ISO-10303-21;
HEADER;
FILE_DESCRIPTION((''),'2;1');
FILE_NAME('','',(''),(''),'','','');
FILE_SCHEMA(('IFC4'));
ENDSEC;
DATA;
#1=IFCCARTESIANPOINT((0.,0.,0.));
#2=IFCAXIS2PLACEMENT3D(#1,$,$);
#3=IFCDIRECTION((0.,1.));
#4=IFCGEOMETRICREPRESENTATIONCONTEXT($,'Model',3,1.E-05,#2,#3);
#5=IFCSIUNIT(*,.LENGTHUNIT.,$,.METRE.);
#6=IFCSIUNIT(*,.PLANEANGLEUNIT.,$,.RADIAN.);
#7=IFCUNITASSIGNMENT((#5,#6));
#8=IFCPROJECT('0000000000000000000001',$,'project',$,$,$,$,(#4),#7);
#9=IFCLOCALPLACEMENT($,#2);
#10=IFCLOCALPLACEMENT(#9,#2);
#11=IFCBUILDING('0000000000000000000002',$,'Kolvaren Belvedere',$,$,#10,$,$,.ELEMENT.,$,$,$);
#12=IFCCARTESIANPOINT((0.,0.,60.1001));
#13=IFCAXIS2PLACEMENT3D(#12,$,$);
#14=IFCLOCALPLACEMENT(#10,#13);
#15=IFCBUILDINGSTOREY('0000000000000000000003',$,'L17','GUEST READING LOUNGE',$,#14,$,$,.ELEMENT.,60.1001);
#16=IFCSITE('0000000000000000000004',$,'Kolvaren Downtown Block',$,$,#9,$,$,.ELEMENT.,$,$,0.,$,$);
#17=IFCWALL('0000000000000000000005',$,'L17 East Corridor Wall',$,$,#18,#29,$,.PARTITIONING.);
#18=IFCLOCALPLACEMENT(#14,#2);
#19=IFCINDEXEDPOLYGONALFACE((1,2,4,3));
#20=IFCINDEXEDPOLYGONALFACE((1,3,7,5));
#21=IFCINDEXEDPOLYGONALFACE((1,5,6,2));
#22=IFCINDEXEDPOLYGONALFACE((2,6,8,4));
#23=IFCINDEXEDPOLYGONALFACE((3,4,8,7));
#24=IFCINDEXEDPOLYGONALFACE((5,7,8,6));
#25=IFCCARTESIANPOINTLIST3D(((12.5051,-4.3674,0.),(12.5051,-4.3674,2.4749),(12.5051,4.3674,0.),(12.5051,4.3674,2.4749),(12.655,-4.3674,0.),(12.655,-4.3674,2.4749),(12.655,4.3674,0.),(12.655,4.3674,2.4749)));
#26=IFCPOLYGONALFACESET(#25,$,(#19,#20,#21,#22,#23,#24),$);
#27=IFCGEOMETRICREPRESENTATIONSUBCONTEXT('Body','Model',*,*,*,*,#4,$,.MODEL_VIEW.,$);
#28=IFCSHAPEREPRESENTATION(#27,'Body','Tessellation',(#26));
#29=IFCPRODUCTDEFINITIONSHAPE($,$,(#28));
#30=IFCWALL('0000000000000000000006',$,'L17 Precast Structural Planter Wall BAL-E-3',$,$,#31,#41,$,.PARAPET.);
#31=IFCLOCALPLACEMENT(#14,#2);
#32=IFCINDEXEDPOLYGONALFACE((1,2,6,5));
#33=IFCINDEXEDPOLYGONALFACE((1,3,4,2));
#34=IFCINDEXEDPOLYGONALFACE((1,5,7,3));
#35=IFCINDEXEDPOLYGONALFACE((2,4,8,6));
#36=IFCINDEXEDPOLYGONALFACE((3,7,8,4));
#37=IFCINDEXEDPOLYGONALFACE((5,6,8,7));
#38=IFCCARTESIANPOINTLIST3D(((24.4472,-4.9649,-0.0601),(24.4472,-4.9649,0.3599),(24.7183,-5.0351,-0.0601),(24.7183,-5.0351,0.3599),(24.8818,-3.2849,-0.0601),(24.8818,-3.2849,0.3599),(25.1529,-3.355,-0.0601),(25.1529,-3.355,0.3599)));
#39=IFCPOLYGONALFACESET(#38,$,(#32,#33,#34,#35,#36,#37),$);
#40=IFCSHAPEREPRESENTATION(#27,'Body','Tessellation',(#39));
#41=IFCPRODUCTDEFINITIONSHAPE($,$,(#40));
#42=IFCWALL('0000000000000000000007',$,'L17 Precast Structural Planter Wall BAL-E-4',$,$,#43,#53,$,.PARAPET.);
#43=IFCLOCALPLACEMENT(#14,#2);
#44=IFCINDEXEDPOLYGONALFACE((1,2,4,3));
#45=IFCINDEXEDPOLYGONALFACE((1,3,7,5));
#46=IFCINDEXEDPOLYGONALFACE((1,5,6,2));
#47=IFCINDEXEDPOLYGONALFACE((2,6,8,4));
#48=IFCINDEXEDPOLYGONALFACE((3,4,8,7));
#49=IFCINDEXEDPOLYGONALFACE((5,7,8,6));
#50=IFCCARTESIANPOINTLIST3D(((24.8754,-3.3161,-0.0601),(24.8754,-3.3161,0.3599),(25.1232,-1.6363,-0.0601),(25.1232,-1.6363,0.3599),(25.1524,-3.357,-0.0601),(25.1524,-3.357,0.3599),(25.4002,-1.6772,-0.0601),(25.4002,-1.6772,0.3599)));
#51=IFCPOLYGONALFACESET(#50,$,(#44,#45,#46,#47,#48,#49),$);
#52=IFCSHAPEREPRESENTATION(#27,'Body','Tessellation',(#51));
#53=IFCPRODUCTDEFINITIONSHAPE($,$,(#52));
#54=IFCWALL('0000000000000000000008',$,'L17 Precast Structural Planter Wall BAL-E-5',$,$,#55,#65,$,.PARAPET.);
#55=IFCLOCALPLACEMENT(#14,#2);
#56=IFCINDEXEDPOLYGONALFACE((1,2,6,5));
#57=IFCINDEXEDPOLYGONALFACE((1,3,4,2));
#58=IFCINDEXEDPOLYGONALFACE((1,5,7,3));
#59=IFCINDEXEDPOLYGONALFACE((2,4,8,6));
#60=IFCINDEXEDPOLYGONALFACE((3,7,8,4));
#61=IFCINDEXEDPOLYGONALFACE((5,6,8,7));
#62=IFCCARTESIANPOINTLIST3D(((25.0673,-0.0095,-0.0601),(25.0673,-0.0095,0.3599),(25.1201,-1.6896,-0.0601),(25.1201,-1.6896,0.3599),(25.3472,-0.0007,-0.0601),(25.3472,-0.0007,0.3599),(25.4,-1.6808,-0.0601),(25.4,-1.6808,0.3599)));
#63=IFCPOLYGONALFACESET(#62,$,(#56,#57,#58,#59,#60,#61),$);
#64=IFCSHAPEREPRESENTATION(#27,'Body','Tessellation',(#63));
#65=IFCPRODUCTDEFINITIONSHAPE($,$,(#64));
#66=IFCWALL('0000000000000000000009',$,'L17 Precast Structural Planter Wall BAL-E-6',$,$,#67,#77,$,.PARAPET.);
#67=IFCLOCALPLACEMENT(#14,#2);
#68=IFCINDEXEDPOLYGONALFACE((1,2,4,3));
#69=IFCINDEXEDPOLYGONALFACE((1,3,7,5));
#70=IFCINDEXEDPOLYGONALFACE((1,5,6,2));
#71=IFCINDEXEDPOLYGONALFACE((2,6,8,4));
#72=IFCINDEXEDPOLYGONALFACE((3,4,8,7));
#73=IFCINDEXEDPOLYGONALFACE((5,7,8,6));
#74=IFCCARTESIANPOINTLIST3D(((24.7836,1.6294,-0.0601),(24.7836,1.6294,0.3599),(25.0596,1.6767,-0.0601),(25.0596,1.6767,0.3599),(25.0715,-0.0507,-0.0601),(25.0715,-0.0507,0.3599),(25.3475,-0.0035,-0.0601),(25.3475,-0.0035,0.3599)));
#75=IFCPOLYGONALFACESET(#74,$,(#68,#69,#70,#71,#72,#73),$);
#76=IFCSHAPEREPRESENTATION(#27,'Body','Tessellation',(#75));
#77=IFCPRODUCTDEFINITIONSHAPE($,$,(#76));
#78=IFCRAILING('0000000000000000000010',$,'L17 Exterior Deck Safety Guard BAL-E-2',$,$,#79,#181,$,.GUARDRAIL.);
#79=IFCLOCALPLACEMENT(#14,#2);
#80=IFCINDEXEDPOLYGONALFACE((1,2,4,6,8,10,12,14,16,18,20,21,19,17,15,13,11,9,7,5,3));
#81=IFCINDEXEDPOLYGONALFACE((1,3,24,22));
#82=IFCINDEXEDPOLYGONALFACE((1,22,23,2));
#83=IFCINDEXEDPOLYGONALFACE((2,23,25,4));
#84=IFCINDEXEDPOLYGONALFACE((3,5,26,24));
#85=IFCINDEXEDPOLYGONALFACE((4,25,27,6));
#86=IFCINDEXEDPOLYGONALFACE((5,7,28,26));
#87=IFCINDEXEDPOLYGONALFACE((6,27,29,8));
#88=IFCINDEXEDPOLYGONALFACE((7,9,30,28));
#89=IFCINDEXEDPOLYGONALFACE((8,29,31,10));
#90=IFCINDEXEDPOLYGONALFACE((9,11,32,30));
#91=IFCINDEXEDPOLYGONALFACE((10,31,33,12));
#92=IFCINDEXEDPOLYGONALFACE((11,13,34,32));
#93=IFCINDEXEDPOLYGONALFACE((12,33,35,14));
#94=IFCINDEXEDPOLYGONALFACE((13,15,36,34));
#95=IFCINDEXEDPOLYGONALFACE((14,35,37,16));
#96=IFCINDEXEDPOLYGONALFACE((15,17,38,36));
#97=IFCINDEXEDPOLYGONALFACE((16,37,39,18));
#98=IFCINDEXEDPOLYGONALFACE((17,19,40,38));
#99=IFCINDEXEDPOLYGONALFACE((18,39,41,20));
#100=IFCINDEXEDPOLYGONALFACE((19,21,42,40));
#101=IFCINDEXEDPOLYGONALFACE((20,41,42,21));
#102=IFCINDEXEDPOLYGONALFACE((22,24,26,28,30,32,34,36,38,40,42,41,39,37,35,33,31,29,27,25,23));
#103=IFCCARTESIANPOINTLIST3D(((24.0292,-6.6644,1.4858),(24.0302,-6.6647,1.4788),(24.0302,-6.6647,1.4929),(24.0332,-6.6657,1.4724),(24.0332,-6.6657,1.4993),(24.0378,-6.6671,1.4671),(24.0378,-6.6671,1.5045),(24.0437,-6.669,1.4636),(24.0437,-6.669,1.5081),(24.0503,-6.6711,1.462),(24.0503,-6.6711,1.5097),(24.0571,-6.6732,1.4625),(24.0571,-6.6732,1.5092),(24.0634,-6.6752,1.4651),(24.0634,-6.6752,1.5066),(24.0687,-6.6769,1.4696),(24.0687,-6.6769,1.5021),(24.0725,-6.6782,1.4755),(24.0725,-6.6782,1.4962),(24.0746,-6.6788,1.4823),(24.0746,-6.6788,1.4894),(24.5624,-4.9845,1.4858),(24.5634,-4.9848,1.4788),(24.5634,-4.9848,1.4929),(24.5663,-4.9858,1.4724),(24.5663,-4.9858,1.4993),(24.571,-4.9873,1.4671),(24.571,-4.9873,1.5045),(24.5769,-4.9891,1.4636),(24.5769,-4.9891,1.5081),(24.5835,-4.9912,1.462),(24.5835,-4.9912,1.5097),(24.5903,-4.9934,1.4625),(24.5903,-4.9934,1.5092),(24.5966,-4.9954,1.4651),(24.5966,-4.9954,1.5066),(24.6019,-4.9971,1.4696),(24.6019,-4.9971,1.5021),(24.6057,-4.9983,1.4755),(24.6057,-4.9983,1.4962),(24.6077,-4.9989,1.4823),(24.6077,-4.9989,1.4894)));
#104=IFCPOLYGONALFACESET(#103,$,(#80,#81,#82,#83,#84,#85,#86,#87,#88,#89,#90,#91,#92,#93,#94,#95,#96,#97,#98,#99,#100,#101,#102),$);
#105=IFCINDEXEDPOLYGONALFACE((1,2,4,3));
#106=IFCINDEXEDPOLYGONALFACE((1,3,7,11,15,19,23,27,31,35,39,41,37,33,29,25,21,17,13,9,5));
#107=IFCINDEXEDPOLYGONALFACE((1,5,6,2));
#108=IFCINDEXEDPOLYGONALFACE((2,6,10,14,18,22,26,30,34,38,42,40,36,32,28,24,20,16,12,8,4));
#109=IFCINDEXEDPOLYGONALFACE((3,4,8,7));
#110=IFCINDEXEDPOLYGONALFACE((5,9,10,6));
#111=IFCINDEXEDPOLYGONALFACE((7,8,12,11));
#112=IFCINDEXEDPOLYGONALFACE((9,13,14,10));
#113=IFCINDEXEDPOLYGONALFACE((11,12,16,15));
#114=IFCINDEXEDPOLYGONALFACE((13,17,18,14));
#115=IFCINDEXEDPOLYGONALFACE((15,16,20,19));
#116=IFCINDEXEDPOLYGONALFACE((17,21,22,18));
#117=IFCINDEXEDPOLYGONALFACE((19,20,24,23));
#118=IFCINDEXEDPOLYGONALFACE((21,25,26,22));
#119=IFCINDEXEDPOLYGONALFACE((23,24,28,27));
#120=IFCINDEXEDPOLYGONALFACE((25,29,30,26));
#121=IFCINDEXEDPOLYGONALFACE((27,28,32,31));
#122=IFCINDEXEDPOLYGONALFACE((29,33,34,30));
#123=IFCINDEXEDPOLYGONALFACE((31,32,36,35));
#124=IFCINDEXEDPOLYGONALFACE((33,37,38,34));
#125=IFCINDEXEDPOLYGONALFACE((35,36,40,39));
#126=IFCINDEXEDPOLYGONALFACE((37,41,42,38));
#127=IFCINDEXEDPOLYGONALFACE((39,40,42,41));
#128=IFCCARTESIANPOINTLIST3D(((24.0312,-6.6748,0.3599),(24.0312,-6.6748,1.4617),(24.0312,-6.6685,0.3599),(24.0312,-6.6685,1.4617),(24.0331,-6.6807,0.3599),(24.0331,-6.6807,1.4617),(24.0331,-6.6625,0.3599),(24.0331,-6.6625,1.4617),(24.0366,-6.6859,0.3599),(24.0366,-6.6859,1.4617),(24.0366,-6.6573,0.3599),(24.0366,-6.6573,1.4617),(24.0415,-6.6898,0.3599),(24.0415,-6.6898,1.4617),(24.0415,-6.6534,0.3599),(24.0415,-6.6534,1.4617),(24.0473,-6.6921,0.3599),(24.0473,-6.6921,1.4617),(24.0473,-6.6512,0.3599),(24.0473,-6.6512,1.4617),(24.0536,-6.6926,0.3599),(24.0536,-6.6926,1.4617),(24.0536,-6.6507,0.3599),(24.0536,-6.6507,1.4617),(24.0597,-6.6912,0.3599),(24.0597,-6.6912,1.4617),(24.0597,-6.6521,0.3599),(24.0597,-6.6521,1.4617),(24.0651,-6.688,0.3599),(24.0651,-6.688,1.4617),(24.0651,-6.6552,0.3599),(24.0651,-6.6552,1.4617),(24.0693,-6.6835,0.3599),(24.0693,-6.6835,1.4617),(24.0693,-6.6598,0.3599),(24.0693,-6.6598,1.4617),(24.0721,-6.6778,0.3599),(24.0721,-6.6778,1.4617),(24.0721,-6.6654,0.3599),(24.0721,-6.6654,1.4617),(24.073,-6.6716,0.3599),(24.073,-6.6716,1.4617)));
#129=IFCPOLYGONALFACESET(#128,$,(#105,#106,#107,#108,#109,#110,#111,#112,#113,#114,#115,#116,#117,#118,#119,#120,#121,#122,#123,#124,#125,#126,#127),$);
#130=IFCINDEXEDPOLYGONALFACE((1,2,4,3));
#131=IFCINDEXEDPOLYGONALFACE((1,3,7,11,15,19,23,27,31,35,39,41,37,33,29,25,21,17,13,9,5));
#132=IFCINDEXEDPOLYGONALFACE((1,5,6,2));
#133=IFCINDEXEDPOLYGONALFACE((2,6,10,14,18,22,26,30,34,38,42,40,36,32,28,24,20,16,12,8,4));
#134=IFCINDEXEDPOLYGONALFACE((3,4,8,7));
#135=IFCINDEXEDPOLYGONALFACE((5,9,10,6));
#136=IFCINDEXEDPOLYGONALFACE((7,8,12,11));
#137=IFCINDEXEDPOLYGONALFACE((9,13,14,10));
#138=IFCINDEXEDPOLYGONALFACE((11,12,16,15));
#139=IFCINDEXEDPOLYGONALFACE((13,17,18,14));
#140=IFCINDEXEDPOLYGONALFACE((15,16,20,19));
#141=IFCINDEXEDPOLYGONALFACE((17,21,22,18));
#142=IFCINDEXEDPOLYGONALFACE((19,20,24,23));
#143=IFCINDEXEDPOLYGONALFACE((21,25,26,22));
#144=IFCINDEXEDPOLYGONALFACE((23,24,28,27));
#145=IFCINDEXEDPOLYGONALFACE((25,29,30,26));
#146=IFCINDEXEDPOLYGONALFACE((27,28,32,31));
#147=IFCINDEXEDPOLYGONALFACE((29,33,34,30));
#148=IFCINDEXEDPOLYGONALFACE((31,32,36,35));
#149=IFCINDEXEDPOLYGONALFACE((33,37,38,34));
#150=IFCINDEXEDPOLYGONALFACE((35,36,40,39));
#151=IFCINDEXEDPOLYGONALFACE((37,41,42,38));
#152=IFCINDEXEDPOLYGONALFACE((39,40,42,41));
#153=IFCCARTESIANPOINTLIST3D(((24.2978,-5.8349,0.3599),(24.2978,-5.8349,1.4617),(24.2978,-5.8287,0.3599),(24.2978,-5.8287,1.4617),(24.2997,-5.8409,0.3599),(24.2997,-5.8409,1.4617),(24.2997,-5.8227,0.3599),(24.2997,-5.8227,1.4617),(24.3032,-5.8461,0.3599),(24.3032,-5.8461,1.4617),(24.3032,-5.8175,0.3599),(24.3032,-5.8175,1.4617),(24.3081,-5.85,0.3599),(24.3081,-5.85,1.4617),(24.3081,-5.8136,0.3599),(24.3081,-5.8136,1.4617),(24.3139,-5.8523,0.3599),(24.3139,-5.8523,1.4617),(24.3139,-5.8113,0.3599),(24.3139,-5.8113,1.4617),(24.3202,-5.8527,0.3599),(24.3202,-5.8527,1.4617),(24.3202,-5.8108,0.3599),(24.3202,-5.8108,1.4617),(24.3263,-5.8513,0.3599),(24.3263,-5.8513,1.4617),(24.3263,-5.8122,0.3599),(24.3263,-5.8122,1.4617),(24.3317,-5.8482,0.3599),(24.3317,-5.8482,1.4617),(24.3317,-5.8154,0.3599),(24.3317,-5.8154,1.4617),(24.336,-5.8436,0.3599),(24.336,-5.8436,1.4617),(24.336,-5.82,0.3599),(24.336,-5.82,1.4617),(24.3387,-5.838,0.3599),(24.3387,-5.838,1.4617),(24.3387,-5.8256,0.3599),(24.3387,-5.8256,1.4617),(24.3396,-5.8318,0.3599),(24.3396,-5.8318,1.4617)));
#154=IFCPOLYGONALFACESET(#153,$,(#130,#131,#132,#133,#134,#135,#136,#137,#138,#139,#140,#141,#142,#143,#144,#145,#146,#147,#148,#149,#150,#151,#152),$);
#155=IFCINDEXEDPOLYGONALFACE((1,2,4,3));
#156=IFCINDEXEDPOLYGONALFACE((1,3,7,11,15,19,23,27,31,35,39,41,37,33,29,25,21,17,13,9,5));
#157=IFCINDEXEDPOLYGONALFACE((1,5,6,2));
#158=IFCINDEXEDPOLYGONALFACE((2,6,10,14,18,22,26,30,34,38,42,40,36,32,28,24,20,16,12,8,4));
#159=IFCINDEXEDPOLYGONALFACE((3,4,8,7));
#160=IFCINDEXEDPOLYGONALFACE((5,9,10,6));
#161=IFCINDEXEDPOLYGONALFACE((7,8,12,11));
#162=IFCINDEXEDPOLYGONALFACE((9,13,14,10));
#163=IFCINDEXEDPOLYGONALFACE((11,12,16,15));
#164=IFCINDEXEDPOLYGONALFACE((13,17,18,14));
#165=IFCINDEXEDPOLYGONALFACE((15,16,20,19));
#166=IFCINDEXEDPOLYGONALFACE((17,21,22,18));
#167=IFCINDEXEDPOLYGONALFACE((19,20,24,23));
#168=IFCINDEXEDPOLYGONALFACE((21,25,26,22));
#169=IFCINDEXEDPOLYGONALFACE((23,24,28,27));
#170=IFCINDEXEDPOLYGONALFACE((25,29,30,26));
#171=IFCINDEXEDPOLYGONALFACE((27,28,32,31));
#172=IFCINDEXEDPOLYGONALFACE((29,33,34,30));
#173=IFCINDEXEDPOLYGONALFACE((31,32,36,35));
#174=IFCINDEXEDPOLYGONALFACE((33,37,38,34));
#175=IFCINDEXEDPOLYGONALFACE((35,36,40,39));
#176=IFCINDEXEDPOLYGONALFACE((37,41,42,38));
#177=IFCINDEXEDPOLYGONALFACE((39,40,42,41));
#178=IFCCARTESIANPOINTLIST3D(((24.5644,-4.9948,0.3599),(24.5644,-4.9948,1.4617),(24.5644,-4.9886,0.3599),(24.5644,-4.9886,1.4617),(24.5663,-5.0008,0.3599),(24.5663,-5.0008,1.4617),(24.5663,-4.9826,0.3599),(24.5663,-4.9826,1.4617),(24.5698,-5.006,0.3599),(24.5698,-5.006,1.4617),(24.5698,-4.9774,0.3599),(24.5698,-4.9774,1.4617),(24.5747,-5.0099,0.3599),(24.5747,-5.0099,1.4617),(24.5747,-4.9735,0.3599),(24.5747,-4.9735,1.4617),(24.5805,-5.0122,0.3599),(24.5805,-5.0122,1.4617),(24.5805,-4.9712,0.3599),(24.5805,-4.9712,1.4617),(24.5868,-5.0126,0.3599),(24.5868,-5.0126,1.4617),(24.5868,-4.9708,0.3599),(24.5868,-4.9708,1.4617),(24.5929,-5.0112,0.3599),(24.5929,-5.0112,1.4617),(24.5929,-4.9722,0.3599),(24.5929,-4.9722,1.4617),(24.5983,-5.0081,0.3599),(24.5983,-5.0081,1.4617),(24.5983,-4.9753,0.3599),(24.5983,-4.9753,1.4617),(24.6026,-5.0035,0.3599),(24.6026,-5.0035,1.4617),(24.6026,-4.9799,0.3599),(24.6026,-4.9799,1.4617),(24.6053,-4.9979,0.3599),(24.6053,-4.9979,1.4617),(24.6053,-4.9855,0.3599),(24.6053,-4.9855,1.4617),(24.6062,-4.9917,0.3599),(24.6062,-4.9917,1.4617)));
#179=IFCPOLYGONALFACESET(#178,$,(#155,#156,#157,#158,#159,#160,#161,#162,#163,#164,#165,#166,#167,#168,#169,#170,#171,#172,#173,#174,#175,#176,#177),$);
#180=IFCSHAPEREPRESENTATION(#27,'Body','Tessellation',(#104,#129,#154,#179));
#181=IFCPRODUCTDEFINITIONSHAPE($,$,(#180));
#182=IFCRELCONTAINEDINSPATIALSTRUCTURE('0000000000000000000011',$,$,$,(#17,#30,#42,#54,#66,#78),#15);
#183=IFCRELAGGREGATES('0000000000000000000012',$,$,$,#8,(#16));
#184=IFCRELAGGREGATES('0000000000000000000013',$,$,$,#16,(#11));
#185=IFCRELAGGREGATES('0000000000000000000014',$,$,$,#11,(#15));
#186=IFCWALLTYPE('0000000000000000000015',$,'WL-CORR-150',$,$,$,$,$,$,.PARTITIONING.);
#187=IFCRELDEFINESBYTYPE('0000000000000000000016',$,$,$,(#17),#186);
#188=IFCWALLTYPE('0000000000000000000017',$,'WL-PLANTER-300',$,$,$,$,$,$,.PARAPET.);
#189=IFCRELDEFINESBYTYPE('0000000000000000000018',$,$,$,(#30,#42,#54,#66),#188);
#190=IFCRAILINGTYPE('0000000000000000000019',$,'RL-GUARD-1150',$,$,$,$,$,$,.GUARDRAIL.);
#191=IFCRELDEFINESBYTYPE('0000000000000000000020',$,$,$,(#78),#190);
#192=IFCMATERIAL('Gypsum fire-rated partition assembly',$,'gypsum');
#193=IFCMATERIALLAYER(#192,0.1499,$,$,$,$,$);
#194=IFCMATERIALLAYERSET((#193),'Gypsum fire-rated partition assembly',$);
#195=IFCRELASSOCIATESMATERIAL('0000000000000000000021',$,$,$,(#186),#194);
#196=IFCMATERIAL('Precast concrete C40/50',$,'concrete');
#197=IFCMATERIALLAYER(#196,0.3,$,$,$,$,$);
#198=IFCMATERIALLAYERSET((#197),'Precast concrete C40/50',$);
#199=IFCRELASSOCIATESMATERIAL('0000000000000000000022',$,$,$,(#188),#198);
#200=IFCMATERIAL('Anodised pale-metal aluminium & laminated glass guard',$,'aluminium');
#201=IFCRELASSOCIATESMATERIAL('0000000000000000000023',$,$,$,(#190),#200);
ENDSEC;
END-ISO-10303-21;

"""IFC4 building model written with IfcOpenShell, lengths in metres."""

from ifc_helpers import new_model, si_unit, direction, frame, frame_2d, origin, origin_2d, place, context, subcontext, project, spatial, rectangle, circle, extrude, material, layer, layer_set, type_object, element, save


model = new_model("IFC4")

# Units and contexts
model_context = context("Model", 3, precision=1e-05, world=origin(), true_north=direction((0.0, 1.0)))
body_context = subcontext(model_context, "Body", "Model", "MODEL_VIEW")
ifc_project = project(units=[si_unit("LENGTHUNIT", "METRE"), si_unit("PLANEANGLEUNIT", "RADIAN")], contexts=[model_context])

# Site, building, storey
site_placement = place(None, origin())
site = spatial("IfcSite", under=ifc_project, at=site_placement, Name="Kolvaren Downtown Block", CompositionType="ELEMENT", RefElevation=0.0)
building_placement = place(site_placement, origin())
building = spatial("IfcBuilding", under=site, at=building_placement, Name="Kolvaren Belvedere", CompositionType="ELEMENT")
storey_placement = place(building_placement, frame((0.0, 0.0, 60.1001)))
storey = spatial("IfcBuildingStorey", under=building, at=storey_placement, Name="L17", Description="GUEST READING LOUNGE", CompositionType="ELEMENT", Elevation=60.1001)

# Walls
ifc_material_1 = material(Name="Gypsum fire-rated partition assembly", Category="gypsum")
ifc_layer_1 = layer(ifc_material_1, 0.1499)
ifc_layer_set_1 = layer_set([ifc_layer_1], Name="Gypsum fire-rated partition assembly")
wall_type_1 = type_object("IfcWallType", Name="WL-CORR-150", PredefinedType="PARTITIONING", material=ifc_layer_set_1)
wall_1_placement = place(storey_placement, frame((12.5801, -4.3674, 0.0), z_axis=(0.0, 0.0, 1.0), x_axis=(0.0, 1.0, 0.0)))
element("IfcWall", 1, at=wall_1_placement, inside=storey, type_object=wall_type_1, Name="L17 East Corridor Wall", PredefinedType="PARTITIONING", context=body_context, shape_type="SweptSolid", body=[
    extrude(rectangle(XDim=8.7349, YDim=0.1499, at=frame_2d((4.3674, 0.0))), origin(), (0.0, 0.0, 1.0), 2.4749),
])
ifc_material_2 = material(Name="Precast concrete C40/50", Category="concrete")
ifc_layer_2 = layer(ifc_material_2, 0.3)
ifc_layer_set_2 = layer_set([ifc_layer_2], Name="Precast concrete C40/50")
wall_type_2 = type_object("IfcWallType", Name="WL-PLANTER-300", PredefinedType="PARAPET", material=ifc_layer_set_2)
wall_2_placement = place(storey_placement, frame((24.5828, -5.0, -0.0601), z_axis=(0.0, 0.0, 1.0), x_axis=(0.250406, 0.968141, 0.0)))
element("IfcWall", 2, at=wall_2_placement, inside=storey, type_object=wall_type_2, Name="L17 Precast Structural Planter Wall BAL-E-3", PredefinedType="PARAPET", context=body_context, shape_type="SweptSolid", body=[
    extrude(rectangle(XDim=1.7354, YDim=0.28, at=frame_2d((0.8677, 0.0))), origin(), (0.0, 0.0, 1.0), 0.4199),
])
wall_3_placement = place(storey_placement, frame((25.0139, -3.3367, -0.0601), z_axis=(0.0, 0.0, 1.0), x_axis=(0.145929, 0.989295, 0.0)))
element("IfcWall", 3, at=wall_3_placement, inside=storey, type_object=wall_type_2, Name="L17 Precast Structural Planter Wall BAL-E-4", PredefinedType="PARAPET", context=body_context, shape_type="SweptSolid", body=[
    extrude(rectangle(XDim=1.698, YDim=0.28, at=frame_2d((0.8491, 0.0))), origin(), (0.0, 0.0, 1.0), 0.4199),
])
wall_4_placement = place(storey_placement, frame((25.26, -1.6851, -0.0601), z_axis=(0.0, 0.0, 1.0), x_axis=(-0.031371, 0.999508, 0.0)))
element("IfcWall", 4, at=wall_4_placement, inside=storey, type_object=wall_type_2, Name="L17 Precast Structural Planter Wall BAL-E-5", PredefinedType="PARAPET", context=body_context, shape_type="SweptSolid", body=[
    extrude(rectangle(XDim=1.6809, YDim=0.28, at=frame_2d((0.8403, 0.0))), origin(), (0.0, 0.0, 1.0), 0.4199),
])
wall_5_placement = place(storey_placement, frame((25.2095, -0.0271, -0.0601), z_axis=(0.0, 0.0, 1.0), x_axis=(-0.168856, 0.985641, 0.0)))
element("IfcWall", 5, at=wall_5_placement, inside=storey, type_object=wall_type_2, Name="L17 Precast Structural Planter Wall BAL-E-6", PredefinedType="PARAPET", context=body_context, shape_type="SweptSolid", body=[
    extrude(rectangle(XDim=1.7046, YDim=0.28, at=frame_2d((0.8523, 0.0))), origin(), (0.0, 0.0, 1.0), 0.4199),
])

# Railing
ifc_material_3 = material(Name="Anodised pale-metal aluminium & laminated glass guard", Category="aluminium")
railing_type = type_object("IfcRailingType", Name="RL-GUARD-1150", PredefinedType="GUARDRAIL", material=ifc_material_3)
railing_1_placement = place(storey_placement, frame((24.052, -6.6716, 0.3599)))
element("IfcRailing", 6, at=railing_1_placement, inside=storey, type_object=railing_type, Name="L17 Exterior Deck Safety Guard BAL-E-2", PredefinedType="GUARDRAIL", context=body_context, shape_type="SweptSolid", body=[
    extrude(circle(Radius=0.0239, at=origin_2d()), frame((0.0, 0.0, 1.126), z_axis=(0.302523, 0.953142, 0.0), x_axis=(-0.953142, 0.302523, 0.0)), (0.0, 0.0, 1.0), 1.7625),
    extrude(circle(Radius=0.021, at=origin_2d()), origin(), (0.0, 0.0, 1.0), 1.1018),
    extrude(circle(Radius=0.021, at=origin_2d()), frame((0.2666, 0.8398, 0.0)), (0.0, 0.0, 1.0), 1.1018),
    extrude(circle(Radius=0.021, at=origin_2d()), frame((0.5332, 1.6799, 0.0)), (0.0, 0.0, 1.0), 1.1018),
])

save(model, "model.ifc")
